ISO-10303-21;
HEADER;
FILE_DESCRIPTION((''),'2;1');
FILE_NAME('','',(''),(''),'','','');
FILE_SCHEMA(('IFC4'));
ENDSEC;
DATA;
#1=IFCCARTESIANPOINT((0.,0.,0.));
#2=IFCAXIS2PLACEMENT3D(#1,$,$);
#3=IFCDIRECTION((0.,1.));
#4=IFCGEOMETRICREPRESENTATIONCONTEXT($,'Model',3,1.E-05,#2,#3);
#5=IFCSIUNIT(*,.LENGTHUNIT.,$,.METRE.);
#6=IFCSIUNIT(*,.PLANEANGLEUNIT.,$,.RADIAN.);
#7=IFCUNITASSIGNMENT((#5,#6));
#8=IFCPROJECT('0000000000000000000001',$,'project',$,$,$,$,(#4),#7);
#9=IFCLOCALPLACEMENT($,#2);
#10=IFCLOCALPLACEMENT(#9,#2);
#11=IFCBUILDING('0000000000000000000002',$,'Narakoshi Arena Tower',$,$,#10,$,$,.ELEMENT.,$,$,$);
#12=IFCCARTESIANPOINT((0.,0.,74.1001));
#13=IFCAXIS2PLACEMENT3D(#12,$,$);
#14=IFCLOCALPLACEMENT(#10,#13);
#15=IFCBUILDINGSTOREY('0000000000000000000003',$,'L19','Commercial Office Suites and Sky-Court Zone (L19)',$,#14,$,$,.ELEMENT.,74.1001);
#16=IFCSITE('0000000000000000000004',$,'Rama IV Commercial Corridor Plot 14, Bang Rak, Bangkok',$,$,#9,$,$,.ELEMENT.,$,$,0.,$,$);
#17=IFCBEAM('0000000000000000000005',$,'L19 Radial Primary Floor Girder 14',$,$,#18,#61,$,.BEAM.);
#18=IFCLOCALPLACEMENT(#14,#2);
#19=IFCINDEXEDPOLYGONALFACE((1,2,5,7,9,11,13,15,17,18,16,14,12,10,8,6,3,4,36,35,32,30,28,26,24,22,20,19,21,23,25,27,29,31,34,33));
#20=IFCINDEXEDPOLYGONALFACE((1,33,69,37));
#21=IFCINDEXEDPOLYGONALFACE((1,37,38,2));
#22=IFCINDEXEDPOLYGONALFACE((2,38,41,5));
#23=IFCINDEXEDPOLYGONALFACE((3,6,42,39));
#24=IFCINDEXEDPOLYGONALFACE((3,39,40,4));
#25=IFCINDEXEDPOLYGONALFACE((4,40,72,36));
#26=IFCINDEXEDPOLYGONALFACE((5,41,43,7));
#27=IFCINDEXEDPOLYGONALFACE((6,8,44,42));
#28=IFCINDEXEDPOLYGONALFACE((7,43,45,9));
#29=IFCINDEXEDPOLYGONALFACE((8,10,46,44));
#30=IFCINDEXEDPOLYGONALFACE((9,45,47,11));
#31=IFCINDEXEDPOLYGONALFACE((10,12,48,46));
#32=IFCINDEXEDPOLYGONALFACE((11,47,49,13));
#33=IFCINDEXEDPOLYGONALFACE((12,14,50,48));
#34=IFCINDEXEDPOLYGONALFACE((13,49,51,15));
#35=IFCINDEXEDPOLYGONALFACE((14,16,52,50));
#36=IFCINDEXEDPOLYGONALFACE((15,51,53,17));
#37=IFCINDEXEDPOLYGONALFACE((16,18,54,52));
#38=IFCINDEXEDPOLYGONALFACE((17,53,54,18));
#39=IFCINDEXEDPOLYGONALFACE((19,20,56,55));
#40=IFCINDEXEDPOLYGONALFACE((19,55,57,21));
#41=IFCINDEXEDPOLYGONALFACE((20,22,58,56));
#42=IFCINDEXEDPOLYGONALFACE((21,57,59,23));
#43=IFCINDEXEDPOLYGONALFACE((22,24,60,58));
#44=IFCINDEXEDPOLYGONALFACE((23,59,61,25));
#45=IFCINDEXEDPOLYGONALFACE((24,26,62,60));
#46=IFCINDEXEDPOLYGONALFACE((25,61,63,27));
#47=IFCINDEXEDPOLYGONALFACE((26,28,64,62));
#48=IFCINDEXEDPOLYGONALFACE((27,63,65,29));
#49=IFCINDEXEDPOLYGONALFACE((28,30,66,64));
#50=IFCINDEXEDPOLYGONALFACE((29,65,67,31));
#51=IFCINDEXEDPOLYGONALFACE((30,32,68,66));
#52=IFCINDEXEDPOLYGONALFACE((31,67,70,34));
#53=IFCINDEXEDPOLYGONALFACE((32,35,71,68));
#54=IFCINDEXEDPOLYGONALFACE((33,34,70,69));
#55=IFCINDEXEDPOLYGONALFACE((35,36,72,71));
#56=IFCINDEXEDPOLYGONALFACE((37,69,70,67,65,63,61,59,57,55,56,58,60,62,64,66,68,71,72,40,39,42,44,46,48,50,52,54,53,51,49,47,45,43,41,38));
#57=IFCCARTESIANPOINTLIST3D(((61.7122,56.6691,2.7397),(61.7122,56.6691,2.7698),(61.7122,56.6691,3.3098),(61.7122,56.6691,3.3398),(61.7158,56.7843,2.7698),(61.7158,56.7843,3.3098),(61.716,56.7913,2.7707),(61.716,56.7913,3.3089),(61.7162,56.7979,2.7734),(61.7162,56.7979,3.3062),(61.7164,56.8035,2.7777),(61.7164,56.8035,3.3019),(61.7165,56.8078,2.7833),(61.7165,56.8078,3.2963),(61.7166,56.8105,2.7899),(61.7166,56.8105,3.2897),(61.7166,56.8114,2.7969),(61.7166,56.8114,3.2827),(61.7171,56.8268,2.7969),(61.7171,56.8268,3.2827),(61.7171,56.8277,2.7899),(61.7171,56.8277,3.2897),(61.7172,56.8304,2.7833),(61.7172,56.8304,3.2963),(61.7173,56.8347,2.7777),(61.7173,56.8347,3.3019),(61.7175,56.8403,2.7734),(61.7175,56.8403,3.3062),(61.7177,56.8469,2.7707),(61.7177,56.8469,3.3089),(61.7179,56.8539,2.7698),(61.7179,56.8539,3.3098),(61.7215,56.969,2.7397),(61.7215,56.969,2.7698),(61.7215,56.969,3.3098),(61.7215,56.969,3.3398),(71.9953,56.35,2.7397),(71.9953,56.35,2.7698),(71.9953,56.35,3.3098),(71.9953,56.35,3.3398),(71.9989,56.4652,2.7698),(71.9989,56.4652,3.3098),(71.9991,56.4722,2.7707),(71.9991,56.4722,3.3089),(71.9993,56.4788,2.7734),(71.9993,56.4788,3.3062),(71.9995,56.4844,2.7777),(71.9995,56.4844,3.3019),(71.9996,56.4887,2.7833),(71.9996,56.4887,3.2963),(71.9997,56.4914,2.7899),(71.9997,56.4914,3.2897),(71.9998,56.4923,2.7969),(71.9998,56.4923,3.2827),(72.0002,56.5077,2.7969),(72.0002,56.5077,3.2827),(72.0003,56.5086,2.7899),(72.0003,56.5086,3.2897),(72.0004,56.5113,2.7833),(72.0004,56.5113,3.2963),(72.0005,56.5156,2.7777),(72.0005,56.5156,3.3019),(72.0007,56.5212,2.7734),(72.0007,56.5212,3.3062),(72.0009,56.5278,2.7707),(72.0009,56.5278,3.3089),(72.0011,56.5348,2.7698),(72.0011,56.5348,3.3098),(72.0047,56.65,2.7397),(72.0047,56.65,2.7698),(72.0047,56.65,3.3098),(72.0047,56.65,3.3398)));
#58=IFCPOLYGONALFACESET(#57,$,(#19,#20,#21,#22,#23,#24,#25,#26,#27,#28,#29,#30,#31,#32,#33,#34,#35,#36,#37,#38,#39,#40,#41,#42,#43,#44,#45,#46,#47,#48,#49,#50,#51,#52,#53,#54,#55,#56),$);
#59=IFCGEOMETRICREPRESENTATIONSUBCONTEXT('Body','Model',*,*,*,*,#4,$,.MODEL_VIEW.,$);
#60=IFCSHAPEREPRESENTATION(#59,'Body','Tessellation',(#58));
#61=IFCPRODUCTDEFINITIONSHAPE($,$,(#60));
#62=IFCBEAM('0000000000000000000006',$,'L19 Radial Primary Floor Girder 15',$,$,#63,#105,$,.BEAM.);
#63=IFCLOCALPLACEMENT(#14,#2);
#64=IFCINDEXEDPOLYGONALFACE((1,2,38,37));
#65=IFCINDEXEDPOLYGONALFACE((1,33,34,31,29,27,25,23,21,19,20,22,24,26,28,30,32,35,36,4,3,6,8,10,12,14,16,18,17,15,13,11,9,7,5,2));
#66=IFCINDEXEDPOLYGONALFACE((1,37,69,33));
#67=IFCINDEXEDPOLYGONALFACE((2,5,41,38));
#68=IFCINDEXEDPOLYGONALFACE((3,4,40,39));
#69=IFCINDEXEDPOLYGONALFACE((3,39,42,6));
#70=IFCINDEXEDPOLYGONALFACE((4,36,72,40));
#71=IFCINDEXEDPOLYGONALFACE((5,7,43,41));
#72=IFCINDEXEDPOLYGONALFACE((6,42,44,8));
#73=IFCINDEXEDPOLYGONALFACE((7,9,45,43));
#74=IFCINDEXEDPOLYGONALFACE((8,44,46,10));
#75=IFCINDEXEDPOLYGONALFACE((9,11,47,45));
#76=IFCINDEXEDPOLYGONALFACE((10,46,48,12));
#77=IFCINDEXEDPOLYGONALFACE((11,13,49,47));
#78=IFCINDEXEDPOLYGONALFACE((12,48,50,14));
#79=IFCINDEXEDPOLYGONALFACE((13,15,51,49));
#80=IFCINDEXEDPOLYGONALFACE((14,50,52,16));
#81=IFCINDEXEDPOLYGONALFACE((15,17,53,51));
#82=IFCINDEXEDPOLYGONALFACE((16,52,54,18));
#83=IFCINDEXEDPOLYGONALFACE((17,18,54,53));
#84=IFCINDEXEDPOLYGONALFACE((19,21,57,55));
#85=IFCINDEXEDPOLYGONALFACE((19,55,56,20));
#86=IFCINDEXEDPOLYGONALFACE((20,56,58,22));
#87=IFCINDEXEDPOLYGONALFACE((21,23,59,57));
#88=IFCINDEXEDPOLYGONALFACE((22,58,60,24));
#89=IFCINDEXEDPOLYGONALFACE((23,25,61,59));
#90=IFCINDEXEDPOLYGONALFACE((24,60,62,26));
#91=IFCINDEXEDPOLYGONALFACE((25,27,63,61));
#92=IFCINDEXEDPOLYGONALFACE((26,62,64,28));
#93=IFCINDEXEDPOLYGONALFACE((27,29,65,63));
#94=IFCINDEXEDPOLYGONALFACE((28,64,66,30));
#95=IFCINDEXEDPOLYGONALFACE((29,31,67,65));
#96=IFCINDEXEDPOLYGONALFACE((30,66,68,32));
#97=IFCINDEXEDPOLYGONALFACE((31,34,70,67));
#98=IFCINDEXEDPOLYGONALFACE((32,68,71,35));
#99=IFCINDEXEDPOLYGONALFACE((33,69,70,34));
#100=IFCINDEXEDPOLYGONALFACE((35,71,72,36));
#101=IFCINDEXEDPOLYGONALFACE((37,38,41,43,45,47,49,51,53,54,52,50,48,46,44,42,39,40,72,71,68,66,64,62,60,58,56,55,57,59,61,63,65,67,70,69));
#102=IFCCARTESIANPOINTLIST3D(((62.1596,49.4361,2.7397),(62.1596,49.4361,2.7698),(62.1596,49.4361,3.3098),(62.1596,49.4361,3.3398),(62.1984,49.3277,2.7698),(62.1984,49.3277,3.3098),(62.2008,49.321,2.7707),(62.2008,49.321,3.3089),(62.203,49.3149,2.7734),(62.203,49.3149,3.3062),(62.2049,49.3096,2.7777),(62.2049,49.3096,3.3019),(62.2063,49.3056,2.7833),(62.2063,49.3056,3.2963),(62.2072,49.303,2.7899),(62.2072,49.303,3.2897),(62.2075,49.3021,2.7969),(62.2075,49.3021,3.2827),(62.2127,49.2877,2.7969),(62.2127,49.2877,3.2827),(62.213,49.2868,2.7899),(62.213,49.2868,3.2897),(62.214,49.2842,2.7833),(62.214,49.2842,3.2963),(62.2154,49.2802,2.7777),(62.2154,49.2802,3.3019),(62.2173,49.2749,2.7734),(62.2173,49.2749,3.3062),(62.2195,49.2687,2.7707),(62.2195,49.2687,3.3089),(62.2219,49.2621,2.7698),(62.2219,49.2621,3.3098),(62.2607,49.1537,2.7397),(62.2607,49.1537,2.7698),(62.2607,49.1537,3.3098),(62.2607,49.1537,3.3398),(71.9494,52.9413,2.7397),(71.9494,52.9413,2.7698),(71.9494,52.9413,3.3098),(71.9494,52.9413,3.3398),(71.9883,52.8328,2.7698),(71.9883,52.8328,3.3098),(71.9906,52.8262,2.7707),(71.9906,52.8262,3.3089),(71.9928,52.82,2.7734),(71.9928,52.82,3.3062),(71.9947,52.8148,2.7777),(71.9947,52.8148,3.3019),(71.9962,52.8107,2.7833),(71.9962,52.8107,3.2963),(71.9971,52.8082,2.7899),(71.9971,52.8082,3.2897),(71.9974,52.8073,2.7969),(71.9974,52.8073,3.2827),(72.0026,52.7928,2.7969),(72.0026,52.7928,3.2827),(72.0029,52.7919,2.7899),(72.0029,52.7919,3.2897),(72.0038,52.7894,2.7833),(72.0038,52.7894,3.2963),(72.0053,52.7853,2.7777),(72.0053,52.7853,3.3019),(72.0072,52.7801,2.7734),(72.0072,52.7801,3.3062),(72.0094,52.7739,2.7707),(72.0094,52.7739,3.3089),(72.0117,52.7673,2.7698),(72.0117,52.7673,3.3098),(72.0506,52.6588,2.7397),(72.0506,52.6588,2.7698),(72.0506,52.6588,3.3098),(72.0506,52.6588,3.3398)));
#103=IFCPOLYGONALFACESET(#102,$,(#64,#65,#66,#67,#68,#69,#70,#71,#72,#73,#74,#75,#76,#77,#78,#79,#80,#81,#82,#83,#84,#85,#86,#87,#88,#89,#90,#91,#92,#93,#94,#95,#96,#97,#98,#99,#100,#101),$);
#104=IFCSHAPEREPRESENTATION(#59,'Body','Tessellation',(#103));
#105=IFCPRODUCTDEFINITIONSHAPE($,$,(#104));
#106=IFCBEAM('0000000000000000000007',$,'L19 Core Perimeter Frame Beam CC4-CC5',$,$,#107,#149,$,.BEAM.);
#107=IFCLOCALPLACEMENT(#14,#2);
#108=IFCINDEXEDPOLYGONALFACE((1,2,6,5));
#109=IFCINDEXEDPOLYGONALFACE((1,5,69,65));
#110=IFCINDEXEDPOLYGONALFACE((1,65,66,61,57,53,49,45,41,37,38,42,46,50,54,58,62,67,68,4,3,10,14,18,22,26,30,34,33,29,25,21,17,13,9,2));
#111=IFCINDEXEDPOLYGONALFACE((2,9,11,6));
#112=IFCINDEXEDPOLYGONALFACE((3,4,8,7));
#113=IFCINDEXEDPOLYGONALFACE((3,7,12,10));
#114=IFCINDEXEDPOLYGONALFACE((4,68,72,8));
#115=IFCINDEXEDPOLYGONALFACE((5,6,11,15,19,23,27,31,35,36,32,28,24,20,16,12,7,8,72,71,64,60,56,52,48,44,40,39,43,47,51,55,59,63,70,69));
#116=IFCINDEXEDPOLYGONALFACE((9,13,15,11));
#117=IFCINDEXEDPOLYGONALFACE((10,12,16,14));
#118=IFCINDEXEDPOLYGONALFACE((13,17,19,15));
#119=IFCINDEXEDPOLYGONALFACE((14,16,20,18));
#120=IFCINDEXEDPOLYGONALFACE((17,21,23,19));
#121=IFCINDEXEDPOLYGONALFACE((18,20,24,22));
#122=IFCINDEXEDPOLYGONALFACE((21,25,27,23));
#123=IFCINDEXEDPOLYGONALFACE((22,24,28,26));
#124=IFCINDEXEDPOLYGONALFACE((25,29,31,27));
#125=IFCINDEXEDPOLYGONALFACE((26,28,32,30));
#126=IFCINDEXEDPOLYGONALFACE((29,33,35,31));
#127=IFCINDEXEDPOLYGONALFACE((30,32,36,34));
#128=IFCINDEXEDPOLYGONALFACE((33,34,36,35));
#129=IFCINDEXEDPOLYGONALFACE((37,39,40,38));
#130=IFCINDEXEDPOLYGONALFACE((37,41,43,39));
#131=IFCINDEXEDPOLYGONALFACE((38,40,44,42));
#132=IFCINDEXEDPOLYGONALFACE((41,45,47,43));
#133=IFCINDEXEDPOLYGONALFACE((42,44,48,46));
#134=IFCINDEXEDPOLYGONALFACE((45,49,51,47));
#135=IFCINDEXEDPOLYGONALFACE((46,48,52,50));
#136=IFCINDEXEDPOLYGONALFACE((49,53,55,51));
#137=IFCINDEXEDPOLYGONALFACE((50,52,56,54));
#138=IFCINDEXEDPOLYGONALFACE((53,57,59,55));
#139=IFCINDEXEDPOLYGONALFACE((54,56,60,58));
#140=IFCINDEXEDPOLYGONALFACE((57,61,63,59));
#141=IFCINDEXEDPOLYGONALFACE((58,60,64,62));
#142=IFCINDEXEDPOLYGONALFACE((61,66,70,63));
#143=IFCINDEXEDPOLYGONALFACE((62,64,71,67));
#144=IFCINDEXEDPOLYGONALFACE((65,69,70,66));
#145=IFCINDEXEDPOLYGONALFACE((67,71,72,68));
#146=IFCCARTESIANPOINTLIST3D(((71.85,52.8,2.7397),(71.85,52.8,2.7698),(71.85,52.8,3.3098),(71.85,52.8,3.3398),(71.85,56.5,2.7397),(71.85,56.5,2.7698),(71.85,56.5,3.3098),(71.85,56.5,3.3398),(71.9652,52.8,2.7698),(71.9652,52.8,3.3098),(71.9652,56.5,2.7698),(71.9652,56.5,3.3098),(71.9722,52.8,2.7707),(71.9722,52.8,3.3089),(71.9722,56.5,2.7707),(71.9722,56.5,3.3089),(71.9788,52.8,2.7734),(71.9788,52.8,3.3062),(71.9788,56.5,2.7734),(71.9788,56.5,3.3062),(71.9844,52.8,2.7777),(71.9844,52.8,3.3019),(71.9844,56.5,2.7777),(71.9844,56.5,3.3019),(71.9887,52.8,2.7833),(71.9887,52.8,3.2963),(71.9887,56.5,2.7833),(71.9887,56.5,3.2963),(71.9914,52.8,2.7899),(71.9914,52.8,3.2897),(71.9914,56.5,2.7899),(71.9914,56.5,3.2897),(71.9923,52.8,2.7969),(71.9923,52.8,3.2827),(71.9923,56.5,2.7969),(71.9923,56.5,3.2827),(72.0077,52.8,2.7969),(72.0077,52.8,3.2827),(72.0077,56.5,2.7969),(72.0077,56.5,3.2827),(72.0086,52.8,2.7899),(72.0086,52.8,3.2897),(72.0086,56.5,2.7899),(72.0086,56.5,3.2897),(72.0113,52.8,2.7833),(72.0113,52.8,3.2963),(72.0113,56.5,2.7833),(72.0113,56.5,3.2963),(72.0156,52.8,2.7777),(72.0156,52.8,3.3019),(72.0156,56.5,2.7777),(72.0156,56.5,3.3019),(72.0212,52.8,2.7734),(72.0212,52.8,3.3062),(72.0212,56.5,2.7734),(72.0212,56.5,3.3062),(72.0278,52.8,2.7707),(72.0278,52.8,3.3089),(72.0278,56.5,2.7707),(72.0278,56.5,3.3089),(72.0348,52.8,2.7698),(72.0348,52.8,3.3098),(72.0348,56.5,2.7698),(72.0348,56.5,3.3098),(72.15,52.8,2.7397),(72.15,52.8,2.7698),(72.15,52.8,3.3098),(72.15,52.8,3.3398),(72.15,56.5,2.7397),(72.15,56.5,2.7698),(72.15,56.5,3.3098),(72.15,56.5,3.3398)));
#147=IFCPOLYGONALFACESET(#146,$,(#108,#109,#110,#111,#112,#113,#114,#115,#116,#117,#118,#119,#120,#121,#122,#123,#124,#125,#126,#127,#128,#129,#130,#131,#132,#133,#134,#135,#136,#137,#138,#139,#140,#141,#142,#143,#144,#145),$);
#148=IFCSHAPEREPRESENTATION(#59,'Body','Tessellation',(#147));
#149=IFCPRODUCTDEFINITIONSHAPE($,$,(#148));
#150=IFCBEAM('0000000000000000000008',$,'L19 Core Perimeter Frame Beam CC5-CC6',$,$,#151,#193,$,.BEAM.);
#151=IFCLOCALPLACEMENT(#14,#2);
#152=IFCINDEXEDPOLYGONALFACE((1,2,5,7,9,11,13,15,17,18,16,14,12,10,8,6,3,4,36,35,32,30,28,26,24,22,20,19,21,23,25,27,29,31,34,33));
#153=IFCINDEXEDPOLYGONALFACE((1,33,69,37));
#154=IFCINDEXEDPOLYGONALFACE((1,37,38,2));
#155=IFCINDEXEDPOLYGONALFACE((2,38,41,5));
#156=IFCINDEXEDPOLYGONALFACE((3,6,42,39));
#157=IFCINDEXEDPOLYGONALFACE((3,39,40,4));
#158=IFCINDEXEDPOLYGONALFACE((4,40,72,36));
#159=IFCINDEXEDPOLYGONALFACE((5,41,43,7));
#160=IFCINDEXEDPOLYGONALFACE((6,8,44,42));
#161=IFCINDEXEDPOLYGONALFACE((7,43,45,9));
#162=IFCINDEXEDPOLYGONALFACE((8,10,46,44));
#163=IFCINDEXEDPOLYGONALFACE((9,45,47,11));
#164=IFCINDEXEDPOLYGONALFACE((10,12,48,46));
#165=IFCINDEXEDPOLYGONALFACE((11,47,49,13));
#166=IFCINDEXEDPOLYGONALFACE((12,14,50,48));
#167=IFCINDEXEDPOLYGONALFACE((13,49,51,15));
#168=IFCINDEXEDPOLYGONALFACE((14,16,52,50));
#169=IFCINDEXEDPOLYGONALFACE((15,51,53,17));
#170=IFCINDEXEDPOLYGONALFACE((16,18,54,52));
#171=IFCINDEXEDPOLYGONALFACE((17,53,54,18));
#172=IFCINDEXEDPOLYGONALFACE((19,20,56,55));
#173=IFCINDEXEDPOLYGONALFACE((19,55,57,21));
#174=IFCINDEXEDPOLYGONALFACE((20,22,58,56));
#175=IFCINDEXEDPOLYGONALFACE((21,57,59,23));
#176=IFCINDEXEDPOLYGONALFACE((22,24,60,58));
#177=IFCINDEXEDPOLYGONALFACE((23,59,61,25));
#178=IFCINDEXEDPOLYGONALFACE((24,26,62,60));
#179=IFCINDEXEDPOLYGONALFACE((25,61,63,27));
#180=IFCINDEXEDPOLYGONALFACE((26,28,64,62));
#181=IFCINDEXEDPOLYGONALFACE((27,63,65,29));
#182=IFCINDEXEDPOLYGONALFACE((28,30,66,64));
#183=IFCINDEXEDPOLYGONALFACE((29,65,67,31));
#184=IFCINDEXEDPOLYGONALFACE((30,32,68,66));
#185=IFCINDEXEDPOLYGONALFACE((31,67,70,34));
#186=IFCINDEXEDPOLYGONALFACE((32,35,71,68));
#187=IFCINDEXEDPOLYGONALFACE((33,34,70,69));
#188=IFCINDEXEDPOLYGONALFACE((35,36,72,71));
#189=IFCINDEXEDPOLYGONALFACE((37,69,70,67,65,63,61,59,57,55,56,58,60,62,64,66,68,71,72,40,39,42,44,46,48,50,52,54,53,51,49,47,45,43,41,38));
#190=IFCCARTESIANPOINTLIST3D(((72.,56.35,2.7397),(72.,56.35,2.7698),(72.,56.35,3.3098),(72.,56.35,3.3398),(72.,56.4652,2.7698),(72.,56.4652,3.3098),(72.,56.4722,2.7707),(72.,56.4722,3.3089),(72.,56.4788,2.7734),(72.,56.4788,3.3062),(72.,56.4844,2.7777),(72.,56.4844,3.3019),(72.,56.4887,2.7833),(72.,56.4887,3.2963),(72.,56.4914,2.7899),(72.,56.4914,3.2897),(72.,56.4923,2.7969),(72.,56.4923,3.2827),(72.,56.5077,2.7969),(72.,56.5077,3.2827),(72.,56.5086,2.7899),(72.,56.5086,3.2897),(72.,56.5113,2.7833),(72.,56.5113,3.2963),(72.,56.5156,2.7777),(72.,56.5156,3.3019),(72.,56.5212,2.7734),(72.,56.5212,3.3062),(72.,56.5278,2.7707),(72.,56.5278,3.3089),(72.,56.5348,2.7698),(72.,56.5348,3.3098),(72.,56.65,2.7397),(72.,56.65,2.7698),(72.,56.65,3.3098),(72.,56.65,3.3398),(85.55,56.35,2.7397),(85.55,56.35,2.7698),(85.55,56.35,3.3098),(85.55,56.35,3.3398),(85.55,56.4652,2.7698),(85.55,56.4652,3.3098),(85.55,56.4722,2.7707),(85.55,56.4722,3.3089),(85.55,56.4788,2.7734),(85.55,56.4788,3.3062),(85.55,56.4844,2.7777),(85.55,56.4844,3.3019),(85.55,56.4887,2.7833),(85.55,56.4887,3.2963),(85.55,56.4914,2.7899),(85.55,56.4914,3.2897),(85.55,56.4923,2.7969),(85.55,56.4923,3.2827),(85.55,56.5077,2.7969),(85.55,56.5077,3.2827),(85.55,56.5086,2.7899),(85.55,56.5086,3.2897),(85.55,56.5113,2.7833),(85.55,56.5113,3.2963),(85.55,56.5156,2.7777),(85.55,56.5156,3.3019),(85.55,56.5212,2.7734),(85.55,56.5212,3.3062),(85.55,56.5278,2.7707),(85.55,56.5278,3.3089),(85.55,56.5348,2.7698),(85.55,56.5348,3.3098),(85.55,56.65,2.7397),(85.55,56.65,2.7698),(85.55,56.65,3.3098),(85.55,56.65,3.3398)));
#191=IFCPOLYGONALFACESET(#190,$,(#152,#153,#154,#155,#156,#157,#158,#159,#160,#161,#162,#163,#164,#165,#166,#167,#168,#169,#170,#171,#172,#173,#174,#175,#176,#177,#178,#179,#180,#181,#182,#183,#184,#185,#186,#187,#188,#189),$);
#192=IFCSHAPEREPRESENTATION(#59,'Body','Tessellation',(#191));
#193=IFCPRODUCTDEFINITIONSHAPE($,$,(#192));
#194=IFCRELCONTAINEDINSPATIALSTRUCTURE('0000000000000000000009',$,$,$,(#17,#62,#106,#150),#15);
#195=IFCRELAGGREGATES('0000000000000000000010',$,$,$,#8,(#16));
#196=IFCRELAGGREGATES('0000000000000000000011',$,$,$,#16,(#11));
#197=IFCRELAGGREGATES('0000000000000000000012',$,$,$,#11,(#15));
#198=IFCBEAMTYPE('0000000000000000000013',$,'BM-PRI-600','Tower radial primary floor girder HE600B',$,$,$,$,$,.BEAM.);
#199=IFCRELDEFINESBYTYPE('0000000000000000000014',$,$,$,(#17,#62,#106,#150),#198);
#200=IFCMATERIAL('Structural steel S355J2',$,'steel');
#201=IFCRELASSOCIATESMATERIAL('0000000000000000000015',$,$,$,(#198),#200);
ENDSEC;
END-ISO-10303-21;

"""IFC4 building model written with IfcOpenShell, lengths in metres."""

from ifc_helpers import new_model, si_unit, direction, frame, origin, origin_2d, place, context, subcontext, project, spatial, i_section, extrude, material, material_profile, profile_set, type_object, element, save


model = new_model("IFC4")

# Units and contexts
model_context = context("Model", 3, precision=1e-05, world=origin(), true_north=direction((0.0, 1.0)))
body_context = subcontext(model_context, "Body", "Model", "MODEL_VIEW")
ifc_project = project(units=[si_unit("LENGTHUNIT", "METRE"), si_unit("PLANEANGLEUNIT", "RADIAN")], contexts=[model_context])

# Site, building, storey
site_placement = place(None, origin())
site = spatial("IfcSite", under=ifc_project, at=site_placement, Name="Rama IV Commercial Corridor Plot 14, Bang Rak, Bangkok", CompositionType="ELEMENT", RefElevation=0.0)
building_placement = place(site_placement, origin())
building = spatial("IfcBuilding", under=site, at=building_placement, Name="Narakoshi Arena Tower", CompositionType="ELEMENT")
storey_placement = place(building_placement, frame((0.0, 0.0, 74.1001)))
storey = spatial("IfcBuildingStorey", under=building, at=storey_placement, Name="L19", Description="Commercial Office Suites and Sky-Court Zone (L19)", CompositionType="ELEMENT", Elevation=74.1001)

# Beams
ifc_material_1 = material(Name="Structural steel S355J2", Category="steel")
ifc_material_profile_1 = material_profile(ifc_material_1, i_section(OverallWidth=0.3, OverallDepth=0.6001, WebThickness=0.0154, FlangeThickness=0.03, FilletRadius=0.0271, at=origin_2d()), Name="HE600B")
ifc_profile_set_1 = profile_set([ifc_material_profile_1], Name="Structural steel S355J2")
beam_type = type_object("IfcBeamType", Name="BM-PRI-600", Description="Tower radial primary floor girder HE600B", PredefinedType="BEAM", material=ifc_profile_set_1)
beam_1_placement = place(storey_placement, frame((72.0, 56.5, 3.0398), z_axis=(-0.999519, 0.031015, 0.0), x_axis=(-0.031015, -0.999519, 0.0)))
element("IfcBeam", 1, at=beam_1_placement, inside=storey, type_object=beam_type, Name="L19 Radial Primary Floor Girder 14", PredefinedType="BEAM", context=body_context, shape_type="SweptSolid", body=[
    extrude(i_section(OverallWidth=0.3, OverallDepth=0.6001, WebThickness=0.0154, FlangeThickness=0.03, FilletRadius=0.0271, at=origin_2d()), origin(), (0.0, 0.0, 1.0), 10.2881),
])
beam_2_placement = place(storey_placement, frame((72.0, 52.8, 3.0398), z_axis=(-0.941474, -0.337084, 0.0), x_axis=(0.337084, -0.941474, 0.0)))
element("IfcBeam", 2, at=beam_2_placement, inside=storey, type_object=beam_type, Name="L19 Radial Primary Floor Girder 15", PredefinedType="BEAM", context=body_context, shape_type="SweptSolid", body=[
    extrude(i_section(OverallWidth=0.3, OverallDepth=0.6001, WebThickness=0.0154, FlangeThickness=0.03, FilletRadius=0.0271, at=origin_2d()), origin(), (0.0, 0.0, 1.0), 10.3984),
])
beam_3_placement = place(storey_placement, frame((72.0, 52.8, 3.0398), z_axis=(0.0, 1.0, 0.0), x_axis=(-1.0, 0.0, 0.0)))
element("IfcBeam", 3, at=beam_3_placement, inside=storey, type_object=beam_type, Name="L19 Core Perimeter Frame Beam CC4-CC5", PredefinedType="BEAM", context=body_context, shape_type="SweptSolid", body=[
    extrude(i_section(OverallWidth=0.3, OverallDepth=0.6001, WebThickness=0.0154, FlangeThickness=0.03, FilletRadius=0.0271, at=origin_2d()), origin(), (0.0, 0.0, 1.0), 3.7),
])
beam_4_placement = place(storey_placement, frame((72.0, 56.5, 3.0398), z_axis=(1.0, 0.0, 0.0), x_axis=(0.0, 1.0, 0.0)))
element("IfcBeam", 4, at=beam_4_placement, inside=storey, type_object=beam_type, Name="L19 Core Perimeter Frame Beam CC5-CC6", PredefinedType="BEAM", context=body_context, shape_type="SweptSolid", body=[
    extrude(i_section(OverallWidth=0.3, OverallDepth=0.6001, WebThickness=0.0154, FlangeThickness=0.03, FilletRadius=0.0271, at=origin_2d()), origin(), (0.0, 0.0, 1.0), 13.55),
])

save(model, "model.ifc")
